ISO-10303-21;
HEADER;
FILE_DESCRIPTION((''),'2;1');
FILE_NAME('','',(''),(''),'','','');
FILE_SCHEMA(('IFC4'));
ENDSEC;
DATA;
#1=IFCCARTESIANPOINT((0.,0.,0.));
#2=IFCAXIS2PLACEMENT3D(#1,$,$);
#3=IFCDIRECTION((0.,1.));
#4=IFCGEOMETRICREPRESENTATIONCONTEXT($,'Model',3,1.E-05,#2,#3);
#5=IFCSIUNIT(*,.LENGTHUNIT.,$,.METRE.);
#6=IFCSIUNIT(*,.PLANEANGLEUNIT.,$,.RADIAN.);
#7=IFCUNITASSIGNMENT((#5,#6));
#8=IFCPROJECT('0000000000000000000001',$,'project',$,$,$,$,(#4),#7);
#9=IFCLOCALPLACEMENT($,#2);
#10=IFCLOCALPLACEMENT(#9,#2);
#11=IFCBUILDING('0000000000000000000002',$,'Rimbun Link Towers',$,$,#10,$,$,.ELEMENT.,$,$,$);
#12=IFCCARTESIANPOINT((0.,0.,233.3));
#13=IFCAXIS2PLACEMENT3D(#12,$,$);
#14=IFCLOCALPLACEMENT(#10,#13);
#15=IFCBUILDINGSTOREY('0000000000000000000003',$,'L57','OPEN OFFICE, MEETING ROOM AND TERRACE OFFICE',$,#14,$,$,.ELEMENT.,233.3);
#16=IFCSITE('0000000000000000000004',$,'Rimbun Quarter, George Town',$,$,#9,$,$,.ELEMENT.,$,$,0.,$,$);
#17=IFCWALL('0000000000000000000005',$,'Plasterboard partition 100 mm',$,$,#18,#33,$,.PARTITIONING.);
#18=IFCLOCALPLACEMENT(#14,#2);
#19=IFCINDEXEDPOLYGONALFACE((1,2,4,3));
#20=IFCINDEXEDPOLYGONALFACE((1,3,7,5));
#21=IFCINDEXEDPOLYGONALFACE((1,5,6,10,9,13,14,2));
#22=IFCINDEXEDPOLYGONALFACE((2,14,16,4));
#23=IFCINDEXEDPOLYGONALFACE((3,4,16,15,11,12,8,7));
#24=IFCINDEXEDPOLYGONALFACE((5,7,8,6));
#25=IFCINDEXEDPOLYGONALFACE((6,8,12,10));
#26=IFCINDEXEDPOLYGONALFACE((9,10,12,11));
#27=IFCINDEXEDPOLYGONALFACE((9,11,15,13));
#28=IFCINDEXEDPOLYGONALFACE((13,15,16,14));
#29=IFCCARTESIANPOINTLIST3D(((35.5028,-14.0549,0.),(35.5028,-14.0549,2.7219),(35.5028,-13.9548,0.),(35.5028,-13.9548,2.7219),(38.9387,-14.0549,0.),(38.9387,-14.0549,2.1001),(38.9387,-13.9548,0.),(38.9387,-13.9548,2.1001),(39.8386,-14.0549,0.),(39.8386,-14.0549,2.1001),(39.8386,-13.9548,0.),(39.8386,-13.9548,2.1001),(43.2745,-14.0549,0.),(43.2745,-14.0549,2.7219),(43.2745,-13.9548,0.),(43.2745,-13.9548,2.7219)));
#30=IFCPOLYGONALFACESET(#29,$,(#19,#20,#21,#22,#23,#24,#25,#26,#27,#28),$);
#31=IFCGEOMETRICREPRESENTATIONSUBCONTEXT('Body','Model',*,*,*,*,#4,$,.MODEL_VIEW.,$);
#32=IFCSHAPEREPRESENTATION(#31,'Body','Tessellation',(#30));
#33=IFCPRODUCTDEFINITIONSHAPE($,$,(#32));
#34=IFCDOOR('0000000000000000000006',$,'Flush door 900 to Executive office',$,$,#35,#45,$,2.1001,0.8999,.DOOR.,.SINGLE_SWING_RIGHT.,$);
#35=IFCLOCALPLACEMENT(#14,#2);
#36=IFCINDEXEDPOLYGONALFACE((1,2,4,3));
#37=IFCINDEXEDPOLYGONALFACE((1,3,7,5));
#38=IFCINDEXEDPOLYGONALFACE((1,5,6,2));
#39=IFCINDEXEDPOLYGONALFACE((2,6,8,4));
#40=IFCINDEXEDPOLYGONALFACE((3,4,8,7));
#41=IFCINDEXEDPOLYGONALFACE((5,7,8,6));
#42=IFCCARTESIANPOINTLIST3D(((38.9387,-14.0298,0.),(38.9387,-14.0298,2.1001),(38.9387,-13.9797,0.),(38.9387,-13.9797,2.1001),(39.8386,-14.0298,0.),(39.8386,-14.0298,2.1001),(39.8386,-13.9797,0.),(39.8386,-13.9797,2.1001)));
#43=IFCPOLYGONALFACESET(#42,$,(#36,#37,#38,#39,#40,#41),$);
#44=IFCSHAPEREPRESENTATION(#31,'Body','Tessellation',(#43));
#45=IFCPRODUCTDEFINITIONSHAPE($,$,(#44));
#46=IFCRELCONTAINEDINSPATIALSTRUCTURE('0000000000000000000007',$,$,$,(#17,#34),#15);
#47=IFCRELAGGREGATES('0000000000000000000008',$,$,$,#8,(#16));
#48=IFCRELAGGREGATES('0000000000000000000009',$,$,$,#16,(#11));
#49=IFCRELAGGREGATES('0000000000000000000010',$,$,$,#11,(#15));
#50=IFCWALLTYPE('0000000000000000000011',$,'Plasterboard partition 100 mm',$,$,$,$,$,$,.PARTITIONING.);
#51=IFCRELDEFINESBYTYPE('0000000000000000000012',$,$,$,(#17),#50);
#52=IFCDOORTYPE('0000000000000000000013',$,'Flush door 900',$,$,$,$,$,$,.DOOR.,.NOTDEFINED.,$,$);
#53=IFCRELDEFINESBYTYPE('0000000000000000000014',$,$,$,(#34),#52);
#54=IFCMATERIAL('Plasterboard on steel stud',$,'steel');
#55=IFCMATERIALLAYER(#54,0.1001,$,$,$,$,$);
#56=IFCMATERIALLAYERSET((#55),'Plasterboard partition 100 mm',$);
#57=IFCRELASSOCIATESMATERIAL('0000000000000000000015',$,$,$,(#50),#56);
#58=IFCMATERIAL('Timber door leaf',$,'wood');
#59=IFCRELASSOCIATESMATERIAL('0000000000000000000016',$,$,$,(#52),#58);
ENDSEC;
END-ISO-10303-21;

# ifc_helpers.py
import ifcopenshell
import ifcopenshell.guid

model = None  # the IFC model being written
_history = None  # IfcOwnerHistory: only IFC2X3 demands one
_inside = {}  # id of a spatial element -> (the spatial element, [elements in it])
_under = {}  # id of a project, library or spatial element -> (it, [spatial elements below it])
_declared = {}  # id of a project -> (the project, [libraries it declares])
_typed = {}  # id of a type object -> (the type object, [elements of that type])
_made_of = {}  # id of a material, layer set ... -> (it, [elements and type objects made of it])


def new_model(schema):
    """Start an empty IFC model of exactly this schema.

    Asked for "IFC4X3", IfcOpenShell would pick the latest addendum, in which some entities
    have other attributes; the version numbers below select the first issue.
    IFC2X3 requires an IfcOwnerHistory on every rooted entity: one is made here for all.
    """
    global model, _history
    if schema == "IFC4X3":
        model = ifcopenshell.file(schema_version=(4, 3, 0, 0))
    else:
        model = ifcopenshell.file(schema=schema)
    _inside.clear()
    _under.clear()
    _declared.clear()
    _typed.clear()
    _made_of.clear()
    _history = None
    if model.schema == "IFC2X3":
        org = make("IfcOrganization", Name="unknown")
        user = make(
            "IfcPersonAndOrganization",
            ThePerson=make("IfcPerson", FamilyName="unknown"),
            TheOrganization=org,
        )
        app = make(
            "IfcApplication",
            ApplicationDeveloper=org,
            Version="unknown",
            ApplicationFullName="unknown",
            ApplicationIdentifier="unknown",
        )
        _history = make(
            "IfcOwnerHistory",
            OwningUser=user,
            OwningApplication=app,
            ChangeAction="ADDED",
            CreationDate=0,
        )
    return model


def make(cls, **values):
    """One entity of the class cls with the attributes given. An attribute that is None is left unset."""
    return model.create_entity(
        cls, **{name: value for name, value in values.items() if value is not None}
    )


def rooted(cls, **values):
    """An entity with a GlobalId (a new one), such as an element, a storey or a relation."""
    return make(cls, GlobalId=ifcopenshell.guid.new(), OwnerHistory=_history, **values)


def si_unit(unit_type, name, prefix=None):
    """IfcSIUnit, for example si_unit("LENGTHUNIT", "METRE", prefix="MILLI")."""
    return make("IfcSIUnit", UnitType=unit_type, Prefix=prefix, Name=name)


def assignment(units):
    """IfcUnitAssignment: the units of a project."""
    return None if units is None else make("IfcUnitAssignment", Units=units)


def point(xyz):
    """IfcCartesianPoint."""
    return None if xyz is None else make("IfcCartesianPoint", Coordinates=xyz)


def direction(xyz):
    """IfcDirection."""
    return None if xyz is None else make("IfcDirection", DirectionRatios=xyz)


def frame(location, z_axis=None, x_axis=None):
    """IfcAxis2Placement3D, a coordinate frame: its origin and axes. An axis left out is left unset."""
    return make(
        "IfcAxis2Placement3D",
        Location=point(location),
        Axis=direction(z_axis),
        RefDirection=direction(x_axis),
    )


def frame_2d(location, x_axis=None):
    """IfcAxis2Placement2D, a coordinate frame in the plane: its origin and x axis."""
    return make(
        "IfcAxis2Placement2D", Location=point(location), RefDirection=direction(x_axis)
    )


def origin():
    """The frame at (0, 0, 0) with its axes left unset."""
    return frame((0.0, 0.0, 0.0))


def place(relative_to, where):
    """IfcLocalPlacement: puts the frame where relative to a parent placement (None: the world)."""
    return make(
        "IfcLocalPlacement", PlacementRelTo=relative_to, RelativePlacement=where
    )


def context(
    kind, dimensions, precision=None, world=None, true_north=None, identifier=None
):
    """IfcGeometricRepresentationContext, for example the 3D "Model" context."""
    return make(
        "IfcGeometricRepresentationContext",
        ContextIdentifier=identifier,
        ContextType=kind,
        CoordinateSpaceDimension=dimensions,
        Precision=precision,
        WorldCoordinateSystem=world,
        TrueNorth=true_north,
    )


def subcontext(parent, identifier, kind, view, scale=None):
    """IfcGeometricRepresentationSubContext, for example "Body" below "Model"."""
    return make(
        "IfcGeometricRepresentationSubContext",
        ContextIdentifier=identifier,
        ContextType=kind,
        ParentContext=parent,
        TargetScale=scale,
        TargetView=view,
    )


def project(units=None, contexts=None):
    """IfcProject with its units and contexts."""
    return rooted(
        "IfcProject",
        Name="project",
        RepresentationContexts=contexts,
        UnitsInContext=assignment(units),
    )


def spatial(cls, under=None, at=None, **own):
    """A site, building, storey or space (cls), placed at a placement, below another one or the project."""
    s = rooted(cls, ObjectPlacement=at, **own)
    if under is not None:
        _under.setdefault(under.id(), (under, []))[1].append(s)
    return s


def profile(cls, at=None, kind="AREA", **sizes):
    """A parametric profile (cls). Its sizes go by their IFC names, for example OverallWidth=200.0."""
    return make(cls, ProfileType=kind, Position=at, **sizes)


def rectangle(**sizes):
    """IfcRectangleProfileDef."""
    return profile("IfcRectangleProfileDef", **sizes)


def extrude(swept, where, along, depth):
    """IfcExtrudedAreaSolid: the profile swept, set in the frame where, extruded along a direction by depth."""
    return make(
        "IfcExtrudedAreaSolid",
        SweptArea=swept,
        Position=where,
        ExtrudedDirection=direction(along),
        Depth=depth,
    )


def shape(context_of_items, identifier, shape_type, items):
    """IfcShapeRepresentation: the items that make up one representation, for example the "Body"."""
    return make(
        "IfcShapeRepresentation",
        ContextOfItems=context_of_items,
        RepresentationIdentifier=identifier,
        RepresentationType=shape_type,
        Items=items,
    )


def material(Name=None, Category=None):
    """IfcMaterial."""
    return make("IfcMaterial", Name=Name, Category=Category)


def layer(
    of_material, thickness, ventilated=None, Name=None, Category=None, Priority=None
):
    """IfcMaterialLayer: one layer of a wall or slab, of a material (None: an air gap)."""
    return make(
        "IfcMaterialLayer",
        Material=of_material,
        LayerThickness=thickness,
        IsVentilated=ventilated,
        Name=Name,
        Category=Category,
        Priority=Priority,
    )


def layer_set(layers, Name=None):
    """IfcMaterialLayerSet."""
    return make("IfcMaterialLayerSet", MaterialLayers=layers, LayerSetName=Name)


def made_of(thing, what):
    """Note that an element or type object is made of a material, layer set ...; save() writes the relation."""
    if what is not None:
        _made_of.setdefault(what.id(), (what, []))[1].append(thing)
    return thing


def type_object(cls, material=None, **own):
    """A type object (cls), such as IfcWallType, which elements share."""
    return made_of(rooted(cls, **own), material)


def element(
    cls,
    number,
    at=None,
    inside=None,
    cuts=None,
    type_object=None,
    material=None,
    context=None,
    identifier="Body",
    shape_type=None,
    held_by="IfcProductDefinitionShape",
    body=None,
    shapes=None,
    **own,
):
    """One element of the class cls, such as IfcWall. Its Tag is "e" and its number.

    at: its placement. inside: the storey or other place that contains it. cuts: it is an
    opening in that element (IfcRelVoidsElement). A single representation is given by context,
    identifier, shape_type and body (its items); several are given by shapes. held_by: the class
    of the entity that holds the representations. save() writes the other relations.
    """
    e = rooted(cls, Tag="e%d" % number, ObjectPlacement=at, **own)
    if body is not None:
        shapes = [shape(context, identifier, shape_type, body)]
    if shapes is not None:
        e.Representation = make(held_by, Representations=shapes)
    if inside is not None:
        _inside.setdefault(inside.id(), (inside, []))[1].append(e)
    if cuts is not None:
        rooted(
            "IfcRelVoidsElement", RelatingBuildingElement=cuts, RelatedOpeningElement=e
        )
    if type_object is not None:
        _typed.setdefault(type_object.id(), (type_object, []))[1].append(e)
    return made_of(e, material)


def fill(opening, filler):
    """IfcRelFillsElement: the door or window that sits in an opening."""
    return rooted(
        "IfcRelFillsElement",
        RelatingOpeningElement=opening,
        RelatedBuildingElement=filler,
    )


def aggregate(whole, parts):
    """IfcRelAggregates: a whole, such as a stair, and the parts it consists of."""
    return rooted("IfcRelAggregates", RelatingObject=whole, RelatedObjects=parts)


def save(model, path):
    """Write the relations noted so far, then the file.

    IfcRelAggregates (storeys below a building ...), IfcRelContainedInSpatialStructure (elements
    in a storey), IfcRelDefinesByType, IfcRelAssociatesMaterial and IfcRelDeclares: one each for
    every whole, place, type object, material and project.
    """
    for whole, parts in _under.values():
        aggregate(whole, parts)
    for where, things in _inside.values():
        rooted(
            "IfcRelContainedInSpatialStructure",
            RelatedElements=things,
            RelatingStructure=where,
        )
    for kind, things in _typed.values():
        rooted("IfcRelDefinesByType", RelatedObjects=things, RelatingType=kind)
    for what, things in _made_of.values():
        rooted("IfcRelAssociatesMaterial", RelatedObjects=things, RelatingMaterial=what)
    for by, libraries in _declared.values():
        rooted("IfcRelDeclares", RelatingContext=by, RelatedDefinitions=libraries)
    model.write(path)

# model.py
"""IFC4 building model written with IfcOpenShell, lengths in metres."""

from ifc_helpers import new_model, si_unit, direction, frame, frame_2d, origin, place, context, subcontext, project, spatial, rectangle, extrude, material, layer, layer_set, type_object, element, fill, save


model = new_model("IFC4")

# Units and contexts
model_context = context("Model", 3, precision=1e-05, world=origin(), true_north=direction((0.0, 1.0)))
body_context = subcontext(model_context, "Body", "Model", "MODEL_VIEW")
ifc_project = project(units=[si_unit("LENGTHUNIT", "METRE"), si_unit("PLANEANGLEUNIT", "RADIAN")], contexts=[model_context])

# Site, building, storey
site_placement = place(None, origin())
site = spatial("IfcSite", under=ifc_project, at=site_placement, Name="Rimbun Quarter, George Town", CompositionType="ELEMENT", RefElevation=0.0)
building_placement = place(site_placement, origin())
building = spatial("IfcBuilding", under=site, at=building_placement, Name="Rimbun Link Towers", CompositionType="ELEMENT")
storey_placement = place(building_placement, frame((0.0, 0.0, 233.3)))
storey = spatial("IfcBuildingStorey", under=building, at=storey_placement, Name="L57", Description="OPEN OFFICE, MEETING ROOM AND TERRACE OFFICE", CompositionType="ELEMENT", Elevation=233.3)

# Wall, opening, door
ifc_material_1 = material(Name="Plasterboard on steel stud", Category="steel")
ifc_layer_1 = layer(ifc_material_1, 0.1001)
ifc_layer_set_1 = layer_set([ifc_layer_1], Name="Plasterboard partition 100 mm")
wall_type_1 = type_object("IfcWallType", Name="Plasterboard partition 100 mm", PredefinedType="PARTITIONING", material=ifc_layer_set_1)
wall_1_placement = place(storey_placement, frame((43.2744, -14.0049, 0.0), z_axis=(0.0, 0.0, 1.0), x_axis=(-1.0, 0.0, 0.0)))
wall_1 = element("IfcWall", 1, at=wall_1_placement, inside=storey, type_object=wall_type_1, Name="Plasterboard partition 100 mm", PredefinedType="PARTITIONING", context=body_context, shape_type="SweptSolid", body=[
    extrude(rectangle(XDim=7.7717, YDim=0.1001, at=frame_2d((3.8857, 0.0))), origin(), (0.0, 0.0, 1.0), 2.7219),
])
opening_1_placement = place(wall_1_placement, frame((3.4358, 0.0, 0.0)))
opening_1 = element("IfcOpeningElement", 2, at=opening_1_placement, cuts=wall_1, PredefinedType="OPENING", context=body_context, shape_type="SweptSolid", body=[
    extrude(rectangle(XDim=0.8999, YDim=2.1001, at=frame_2d((0.45, 1.05))), frame((0.0, 0.0601, 0.0), z_axis=(0.0, -1.0, 0.0), x_axis=(1.0, 0.0, 0.0)), (0.0, 0.0, 1.0), 0.1201),
])
ifc_material_2 = material(Name="Timber door leaf", Category="wood")
door_type_1 = type_object("IfcDoorType", Name="Flush door 900", OperationType="NOTDEFINED", PredefinedType="DOOR", material=ifc_material_2)
door_1_placement = place(opening_1_placement, origin())
door_1 = element("IfcDoor", 3, at=door_1_placement, inside=storey, type_object=door_type_1, Name="Flush door 900 to Executive office", OperationType="SINGLE_SWING_RIGHT", OverallHeight=2.1001, OverallWidth=0.8999, PredefinedType="DOOR", context=body_context, shape_type="SweptSolid", body=[
    extrude(rectangle(XDim=0.8999, YDim=2.1001, at=frame_2d((0.45, 1.05))), frame((0.0, 0.0249, 0.0), z_axis=(0.0, -1.0, 0.0), x_axis=(1.0, 0.0, 0.0)), (0.0, 0.0, 1.0), 0.05),
])
fill(opening_1, door_1)

save(model, "model.ifc")
